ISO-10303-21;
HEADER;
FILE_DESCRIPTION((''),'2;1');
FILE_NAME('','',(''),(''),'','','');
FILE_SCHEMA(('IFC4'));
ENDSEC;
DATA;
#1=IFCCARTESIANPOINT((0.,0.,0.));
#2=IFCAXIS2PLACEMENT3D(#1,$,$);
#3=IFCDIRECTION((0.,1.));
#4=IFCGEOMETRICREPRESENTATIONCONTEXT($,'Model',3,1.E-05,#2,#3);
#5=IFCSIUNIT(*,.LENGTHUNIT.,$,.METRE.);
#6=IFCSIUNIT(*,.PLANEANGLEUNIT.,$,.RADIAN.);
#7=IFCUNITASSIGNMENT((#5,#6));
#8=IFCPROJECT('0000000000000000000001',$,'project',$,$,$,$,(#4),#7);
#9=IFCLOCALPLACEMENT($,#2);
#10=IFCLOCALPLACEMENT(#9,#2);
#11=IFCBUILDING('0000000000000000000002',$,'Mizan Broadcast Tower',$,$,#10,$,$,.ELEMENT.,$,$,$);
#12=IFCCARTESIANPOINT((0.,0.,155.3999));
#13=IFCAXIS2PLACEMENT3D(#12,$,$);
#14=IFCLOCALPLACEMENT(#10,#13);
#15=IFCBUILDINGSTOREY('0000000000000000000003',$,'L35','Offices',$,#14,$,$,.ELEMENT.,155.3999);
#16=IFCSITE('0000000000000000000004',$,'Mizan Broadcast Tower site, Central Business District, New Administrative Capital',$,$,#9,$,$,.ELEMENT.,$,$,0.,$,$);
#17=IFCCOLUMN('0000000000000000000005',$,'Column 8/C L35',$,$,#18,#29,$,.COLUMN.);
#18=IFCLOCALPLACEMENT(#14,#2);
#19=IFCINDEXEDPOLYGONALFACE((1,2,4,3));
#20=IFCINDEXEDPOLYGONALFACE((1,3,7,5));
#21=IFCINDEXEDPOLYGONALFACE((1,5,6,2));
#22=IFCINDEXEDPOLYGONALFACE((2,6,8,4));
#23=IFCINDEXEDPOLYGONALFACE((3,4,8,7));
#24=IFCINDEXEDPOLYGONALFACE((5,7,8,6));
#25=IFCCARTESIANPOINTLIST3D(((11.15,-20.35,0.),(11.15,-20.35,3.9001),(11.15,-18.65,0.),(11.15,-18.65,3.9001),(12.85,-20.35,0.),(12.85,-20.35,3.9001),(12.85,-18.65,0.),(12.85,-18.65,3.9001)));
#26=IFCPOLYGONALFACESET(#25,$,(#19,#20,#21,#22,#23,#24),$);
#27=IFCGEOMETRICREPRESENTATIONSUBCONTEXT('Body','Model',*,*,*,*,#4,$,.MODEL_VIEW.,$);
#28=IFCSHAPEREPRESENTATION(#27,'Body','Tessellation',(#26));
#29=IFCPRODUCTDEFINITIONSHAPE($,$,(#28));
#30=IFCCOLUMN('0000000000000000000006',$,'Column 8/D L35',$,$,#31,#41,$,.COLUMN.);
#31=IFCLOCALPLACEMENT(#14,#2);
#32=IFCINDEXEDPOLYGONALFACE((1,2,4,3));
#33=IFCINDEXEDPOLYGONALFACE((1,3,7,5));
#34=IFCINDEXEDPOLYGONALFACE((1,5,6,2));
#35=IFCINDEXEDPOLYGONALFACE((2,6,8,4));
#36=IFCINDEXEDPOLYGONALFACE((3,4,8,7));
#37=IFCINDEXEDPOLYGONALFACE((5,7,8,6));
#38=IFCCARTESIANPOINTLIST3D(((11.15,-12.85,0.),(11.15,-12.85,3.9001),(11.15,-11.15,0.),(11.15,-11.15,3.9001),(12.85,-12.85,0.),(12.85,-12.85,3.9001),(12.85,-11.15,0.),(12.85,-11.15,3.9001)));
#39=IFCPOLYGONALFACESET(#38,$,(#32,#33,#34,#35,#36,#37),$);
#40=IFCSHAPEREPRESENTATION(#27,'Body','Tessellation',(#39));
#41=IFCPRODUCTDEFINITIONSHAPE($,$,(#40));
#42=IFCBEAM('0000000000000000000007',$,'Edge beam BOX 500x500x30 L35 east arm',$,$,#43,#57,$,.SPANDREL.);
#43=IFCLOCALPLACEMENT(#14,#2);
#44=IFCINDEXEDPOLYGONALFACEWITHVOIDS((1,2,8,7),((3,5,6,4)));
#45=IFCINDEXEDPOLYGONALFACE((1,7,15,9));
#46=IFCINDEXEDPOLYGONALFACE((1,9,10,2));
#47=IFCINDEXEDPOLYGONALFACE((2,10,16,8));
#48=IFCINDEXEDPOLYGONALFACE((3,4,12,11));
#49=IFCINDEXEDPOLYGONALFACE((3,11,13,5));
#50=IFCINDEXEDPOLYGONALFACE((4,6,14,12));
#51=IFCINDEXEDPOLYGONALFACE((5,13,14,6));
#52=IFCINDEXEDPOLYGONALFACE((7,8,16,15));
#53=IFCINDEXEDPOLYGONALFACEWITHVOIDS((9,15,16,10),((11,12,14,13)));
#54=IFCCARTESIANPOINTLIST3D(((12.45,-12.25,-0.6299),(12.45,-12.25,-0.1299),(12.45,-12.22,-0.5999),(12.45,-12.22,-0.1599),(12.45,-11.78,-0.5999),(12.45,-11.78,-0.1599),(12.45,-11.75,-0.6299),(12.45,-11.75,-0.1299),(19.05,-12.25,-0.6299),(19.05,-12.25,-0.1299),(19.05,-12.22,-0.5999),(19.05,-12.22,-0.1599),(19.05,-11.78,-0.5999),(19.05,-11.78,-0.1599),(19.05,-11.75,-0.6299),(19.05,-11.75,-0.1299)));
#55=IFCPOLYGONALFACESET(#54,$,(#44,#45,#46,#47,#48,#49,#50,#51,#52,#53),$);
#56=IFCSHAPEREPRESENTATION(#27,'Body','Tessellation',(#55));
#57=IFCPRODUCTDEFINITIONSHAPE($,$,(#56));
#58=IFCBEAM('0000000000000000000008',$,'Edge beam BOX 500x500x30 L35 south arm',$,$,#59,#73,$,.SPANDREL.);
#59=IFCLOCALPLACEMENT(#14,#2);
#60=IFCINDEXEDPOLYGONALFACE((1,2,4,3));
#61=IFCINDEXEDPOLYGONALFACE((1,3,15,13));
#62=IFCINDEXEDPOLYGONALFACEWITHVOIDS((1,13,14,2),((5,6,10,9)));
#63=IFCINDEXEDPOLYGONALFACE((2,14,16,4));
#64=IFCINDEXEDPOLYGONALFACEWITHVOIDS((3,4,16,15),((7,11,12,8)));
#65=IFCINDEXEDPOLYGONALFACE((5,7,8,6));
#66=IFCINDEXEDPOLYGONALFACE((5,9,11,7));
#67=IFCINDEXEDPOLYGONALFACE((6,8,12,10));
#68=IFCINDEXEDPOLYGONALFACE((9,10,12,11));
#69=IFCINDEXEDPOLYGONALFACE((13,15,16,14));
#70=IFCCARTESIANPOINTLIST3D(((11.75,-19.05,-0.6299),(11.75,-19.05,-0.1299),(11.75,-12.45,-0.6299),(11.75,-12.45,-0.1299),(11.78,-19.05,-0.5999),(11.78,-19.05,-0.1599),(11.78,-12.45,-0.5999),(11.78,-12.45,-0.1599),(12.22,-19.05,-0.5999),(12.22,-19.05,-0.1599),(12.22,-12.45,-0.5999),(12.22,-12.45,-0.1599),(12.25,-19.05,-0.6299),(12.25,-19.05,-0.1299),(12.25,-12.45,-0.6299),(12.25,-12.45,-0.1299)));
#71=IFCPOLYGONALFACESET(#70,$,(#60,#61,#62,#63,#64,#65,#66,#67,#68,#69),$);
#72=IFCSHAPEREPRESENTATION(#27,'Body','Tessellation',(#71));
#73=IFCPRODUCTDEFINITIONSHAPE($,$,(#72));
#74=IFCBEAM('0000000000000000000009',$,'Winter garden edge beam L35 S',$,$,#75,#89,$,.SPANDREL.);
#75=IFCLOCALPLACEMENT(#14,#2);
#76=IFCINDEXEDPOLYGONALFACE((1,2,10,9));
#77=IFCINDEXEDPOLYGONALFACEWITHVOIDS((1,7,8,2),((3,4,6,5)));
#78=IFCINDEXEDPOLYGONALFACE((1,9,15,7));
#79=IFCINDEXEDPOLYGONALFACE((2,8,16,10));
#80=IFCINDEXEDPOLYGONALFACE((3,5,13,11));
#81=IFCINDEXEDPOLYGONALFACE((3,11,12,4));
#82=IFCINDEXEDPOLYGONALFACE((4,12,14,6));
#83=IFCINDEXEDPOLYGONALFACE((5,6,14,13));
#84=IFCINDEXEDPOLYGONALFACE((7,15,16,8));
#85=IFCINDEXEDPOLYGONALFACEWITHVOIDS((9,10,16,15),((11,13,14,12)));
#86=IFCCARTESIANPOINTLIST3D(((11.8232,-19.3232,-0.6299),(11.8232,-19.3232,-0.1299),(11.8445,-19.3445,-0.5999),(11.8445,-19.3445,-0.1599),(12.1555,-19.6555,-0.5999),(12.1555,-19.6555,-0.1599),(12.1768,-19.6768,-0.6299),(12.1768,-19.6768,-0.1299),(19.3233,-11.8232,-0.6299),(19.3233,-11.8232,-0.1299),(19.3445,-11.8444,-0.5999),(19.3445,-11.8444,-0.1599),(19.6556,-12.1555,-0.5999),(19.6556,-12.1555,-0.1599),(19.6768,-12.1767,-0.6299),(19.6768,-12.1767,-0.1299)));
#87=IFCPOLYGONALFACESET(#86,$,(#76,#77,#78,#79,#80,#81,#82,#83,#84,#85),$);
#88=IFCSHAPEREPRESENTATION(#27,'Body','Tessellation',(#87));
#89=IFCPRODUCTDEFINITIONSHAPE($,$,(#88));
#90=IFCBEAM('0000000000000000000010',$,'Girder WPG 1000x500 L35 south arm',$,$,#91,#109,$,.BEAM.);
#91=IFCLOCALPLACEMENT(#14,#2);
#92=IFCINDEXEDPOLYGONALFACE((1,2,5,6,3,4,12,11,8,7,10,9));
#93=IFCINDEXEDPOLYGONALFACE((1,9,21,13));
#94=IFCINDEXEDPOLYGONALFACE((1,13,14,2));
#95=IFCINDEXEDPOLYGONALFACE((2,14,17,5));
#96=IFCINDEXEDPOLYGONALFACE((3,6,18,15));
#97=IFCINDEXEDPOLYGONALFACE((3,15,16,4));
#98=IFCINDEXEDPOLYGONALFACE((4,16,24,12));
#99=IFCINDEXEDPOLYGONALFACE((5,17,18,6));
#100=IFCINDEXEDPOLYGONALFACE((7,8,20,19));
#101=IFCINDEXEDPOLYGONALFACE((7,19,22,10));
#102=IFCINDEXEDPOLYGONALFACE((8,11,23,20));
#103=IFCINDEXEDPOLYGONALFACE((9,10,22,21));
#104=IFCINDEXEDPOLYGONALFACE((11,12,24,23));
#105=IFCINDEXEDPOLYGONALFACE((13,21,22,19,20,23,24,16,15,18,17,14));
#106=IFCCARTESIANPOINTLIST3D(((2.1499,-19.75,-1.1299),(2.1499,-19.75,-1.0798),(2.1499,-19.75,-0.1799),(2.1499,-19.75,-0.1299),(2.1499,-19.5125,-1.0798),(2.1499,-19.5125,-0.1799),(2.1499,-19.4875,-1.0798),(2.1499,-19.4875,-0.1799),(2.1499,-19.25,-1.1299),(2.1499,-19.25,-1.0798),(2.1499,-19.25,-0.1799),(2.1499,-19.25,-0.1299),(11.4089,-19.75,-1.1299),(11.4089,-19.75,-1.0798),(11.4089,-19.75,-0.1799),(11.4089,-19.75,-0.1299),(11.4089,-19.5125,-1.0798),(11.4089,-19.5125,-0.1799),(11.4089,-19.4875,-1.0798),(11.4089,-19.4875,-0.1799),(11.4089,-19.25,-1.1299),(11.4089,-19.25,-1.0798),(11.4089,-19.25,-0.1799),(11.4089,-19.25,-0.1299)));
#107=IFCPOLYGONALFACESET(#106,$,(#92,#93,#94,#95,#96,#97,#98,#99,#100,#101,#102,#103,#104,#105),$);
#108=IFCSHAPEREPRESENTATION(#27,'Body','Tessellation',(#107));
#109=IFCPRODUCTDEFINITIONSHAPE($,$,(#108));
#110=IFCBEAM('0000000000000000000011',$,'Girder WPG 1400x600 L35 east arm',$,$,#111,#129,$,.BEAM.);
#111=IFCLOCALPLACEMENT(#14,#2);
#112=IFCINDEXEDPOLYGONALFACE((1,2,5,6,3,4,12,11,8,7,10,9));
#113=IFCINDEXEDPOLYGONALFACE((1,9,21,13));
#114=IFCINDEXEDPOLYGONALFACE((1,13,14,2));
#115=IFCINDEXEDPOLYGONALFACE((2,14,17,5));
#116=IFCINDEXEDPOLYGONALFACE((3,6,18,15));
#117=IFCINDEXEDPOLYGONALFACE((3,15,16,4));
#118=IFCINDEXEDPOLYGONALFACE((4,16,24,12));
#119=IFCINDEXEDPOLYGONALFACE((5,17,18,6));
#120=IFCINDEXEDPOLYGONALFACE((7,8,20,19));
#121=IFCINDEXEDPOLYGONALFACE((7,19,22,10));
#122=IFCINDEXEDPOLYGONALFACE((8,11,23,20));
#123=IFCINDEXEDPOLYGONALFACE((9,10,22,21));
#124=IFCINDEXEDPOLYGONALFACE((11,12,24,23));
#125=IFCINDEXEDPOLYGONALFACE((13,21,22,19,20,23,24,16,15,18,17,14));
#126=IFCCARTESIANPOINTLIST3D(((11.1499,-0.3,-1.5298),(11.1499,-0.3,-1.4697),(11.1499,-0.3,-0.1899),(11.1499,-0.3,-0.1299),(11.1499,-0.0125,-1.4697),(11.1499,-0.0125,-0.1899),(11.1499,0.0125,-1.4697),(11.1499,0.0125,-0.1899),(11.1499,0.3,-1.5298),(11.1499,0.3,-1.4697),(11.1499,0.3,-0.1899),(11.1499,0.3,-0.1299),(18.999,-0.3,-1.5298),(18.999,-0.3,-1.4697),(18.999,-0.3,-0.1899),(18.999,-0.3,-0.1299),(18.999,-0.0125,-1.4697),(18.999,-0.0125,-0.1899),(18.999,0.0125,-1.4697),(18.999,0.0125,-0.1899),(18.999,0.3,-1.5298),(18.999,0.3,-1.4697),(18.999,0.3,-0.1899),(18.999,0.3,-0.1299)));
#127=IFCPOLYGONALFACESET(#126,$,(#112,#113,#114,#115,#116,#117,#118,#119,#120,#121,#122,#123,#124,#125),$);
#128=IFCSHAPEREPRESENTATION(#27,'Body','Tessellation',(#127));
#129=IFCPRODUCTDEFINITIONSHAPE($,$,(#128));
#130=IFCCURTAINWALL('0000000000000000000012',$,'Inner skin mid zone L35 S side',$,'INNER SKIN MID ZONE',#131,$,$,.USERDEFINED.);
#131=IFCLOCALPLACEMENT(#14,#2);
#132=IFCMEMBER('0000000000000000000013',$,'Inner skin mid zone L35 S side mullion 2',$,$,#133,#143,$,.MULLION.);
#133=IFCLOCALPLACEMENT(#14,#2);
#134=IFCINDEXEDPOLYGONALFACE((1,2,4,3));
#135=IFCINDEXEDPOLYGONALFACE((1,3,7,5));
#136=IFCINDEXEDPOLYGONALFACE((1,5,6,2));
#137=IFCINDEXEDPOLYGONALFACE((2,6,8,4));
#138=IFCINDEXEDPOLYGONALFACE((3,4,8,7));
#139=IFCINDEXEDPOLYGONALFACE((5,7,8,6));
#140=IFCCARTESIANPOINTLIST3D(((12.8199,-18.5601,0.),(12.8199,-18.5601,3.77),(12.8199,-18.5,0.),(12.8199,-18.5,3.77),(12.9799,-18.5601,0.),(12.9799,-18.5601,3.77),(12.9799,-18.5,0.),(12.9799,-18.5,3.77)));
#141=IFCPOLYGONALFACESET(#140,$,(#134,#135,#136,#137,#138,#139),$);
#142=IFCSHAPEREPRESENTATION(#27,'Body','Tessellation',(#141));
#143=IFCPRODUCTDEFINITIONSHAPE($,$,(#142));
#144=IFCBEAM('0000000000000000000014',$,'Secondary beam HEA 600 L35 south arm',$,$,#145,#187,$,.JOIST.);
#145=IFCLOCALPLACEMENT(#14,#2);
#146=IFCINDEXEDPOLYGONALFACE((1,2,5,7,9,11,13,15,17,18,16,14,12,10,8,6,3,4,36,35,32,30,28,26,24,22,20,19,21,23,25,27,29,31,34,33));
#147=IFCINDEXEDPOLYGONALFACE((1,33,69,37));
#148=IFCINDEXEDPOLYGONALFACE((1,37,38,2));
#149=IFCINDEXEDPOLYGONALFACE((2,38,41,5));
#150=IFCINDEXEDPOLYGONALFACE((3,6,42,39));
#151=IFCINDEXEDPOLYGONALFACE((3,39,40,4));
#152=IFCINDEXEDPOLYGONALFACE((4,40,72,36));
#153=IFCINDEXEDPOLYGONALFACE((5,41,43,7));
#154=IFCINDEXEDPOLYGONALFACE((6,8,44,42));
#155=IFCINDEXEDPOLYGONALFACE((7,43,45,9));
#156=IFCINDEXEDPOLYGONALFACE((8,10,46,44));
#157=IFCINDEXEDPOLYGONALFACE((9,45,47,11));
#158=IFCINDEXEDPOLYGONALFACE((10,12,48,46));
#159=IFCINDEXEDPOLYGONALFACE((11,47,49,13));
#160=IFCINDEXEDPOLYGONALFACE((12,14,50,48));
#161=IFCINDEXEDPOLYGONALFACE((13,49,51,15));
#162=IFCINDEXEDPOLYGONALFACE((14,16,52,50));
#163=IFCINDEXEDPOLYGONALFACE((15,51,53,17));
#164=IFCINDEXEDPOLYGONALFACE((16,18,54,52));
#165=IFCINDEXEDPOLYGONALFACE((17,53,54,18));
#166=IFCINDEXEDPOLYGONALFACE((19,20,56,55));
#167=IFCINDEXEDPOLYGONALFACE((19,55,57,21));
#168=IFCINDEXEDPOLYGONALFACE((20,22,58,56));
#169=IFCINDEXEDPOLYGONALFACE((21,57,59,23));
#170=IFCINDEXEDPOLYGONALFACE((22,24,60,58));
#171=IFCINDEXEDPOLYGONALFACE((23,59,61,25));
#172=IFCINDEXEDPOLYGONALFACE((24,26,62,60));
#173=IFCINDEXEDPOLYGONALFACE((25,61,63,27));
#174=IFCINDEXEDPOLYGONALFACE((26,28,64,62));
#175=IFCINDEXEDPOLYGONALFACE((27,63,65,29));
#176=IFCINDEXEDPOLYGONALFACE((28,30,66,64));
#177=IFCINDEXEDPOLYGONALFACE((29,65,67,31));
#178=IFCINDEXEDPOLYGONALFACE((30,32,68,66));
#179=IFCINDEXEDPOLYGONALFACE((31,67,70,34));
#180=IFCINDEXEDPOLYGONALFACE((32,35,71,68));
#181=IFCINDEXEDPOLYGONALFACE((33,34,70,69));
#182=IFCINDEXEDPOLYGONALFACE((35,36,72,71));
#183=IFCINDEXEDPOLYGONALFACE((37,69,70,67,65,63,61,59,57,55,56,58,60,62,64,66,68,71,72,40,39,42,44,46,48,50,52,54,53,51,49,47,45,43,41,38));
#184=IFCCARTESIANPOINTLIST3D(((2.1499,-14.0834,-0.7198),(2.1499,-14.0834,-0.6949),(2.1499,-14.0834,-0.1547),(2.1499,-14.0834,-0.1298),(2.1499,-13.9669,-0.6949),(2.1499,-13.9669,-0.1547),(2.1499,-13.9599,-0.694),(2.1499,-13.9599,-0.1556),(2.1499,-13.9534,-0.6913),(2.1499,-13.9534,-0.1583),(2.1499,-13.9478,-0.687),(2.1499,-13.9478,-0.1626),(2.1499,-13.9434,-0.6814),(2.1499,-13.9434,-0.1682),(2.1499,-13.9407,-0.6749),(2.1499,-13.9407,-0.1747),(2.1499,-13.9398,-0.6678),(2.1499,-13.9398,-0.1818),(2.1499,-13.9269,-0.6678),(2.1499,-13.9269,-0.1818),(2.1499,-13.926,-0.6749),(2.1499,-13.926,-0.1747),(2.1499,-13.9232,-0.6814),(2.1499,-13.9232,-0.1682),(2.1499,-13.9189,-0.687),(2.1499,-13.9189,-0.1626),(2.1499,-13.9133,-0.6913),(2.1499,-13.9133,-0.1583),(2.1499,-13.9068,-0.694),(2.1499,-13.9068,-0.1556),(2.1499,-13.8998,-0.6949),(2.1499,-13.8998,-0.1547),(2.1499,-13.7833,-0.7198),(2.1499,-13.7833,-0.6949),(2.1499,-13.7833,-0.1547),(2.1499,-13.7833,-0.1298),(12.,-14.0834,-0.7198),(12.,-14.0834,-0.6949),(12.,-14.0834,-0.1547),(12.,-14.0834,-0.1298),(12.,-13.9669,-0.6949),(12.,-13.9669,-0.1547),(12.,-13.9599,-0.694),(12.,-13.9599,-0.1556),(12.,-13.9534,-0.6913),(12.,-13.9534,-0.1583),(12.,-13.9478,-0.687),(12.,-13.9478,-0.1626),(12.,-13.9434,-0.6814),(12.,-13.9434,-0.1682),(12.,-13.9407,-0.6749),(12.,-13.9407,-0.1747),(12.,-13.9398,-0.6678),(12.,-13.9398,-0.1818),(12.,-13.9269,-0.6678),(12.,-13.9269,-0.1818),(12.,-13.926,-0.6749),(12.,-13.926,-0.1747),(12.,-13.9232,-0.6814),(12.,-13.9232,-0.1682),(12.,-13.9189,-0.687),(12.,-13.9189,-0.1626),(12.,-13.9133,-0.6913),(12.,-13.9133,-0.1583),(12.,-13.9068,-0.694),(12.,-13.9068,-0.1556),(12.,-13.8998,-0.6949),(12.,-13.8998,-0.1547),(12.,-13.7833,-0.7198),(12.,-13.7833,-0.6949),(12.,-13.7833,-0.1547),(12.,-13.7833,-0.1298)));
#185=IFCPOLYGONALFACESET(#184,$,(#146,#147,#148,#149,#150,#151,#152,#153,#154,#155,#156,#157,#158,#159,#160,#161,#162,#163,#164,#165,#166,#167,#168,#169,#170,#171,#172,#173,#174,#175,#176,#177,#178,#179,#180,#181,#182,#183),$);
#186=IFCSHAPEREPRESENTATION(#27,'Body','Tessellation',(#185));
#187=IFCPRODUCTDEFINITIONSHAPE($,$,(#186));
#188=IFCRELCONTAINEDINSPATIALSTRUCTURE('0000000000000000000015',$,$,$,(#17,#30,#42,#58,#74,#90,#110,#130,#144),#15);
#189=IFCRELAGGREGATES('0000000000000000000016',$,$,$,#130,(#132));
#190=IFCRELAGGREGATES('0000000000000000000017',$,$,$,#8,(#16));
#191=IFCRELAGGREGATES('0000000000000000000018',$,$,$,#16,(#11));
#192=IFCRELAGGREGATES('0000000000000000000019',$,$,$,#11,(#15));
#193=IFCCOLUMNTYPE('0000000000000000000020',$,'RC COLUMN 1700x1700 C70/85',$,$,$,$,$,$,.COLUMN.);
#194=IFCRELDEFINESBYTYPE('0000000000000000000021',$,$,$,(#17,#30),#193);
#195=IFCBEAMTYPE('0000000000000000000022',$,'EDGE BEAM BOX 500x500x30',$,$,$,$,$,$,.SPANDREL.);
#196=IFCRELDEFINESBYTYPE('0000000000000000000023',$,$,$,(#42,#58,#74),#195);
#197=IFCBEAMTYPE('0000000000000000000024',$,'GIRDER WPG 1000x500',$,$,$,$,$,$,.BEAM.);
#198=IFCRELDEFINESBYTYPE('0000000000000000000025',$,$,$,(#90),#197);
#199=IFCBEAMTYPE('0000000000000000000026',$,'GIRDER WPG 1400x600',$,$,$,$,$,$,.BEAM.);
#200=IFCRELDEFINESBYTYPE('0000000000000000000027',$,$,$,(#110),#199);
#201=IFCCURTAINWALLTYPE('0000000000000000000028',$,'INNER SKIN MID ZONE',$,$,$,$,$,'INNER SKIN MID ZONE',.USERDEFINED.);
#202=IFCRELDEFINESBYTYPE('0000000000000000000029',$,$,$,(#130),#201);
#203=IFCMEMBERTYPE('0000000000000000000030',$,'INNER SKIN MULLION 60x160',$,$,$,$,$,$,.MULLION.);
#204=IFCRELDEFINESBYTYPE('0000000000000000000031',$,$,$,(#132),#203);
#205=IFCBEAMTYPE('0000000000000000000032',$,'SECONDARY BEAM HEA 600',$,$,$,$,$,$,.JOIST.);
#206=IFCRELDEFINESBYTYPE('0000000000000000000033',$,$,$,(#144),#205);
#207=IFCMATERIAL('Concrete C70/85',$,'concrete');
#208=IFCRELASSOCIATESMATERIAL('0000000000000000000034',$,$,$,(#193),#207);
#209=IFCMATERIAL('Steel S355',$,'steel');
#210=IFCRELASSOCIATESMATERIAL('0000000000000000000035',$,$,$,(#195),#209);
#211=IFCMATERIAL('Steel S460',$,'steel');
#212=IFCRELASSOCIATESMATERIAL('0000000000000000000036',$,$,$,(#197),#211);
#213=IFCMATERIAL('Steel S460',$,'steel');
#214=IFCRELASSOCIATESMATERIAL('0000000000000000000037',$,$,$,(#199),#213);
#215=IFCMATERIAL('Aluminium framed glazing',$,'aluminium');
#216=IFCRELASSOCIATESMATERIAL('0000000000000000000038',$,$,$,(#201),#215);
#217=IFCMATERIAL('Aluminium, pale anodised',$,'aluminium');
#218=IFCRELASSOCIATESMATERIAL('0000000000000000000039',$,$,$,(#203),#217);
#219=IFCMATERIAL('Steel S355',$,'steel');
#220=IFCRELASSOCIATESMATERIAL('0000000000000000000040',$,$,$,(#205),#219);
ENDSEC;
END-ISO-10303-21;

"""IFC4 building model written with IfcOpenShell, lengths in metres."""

from ifc_helpers import new_model, si_unit, direction, frame, origin, origin_2d, place, context, subcontext, project, spatial, rectangle, hollow_rectangle, i_section, extrude, material, material_profile, profile_set, type_object, element, aggregate, save


model = new_model("IFC4")

# Units and contexts
model_context = context("Model", 3, precision=1e-05, world=origin(), true_north=direction((0.0, 1.0)))
body_context = subcontext(model_context, "Body", "Model", "MODEL_VIEW")
ifc_project = project(units=[si_unit("LENGTHUNIT", "METRE"), si_unit("PLANEANGLEUNIT", "RADIAN")], contexts=[model_context])

# Site, building, storey
site_placement = place(None, origin())
site = spatial("IfcSite", under=ifc_project, at=site_placement, Name="Mizan Broadcast Tower site, Central Business District, New Administrative Capital", CompositionType="ELEMENT", RefElevation=0.0)
building_placement = place(site_placement, origin())
building = spatial("IfcBuilding", under=site, at=building_placement, Name="Mizan Broadcast Tower", CompositionType="ELEMENT")
storey_placement = place(building_placement, frame((0.0, 0.0, 155.3999)))
storey = spatial("IfcBuildingStorey", under=building, at=storey_placement, Name="L35", Description="Offices", CompositionType="ELEMENT", Elevation=155.3999)

# Columns
ifc_material_1 = material(Name="Concrete C70/85", Category="concrete")
ifc_material_profile_1 = material_profile(ifc_material_1, rectangle(XDim=1.7, YDim=1.7, at=origin_2d()), Name="RC 1700x1700")
ifc_profile_set_1 = profile_set([ifc_material_profile_1], Name="Concrete C70/85")
column_type = type_object("IfcColumnType", Name="RC COLUMN 1700x1700 C70/85", PredefinedType="COLUMN", material=ifc_profile_set_1)
for number, where, z_axis, x_axis, name in (
    (1, (12.0, -19.5, 0.0), (0.0, 0.0, 1.0), (1.0, 0.0, 0.0), "Column 8/C L35"),
    (2, (12.0, -12.0, 0.0), (0.0, 0.0, 1.0), (1.0, 0.0, 0.0), "Column 8/D L35"),
):
    element("IfcColumn", number, at=place(storey_placement, frame(where, z_axis=z_axis, x_axis=x_axis)), inside=storey, type_object=column_type, Name=name, PredefinedType="COLUMN", context=body_context, shape_type="SweptSolid", body=[
        extrude(rectangle(XDim=1.7, YDim=1.7, at=origin_2d()), origin(), (0.0, 0.0, 1.0), 3.9001),
    ])

# Beams
ifc_material_2 = material(Name="Steel S355", Category="steel")
ifc_material_profile_2 = material_profile(ifc_material_2, hollow_rectangle(XDim=0.5, YDim=0.5, WallThickness=0.03, at=origin_2d()), Name="BOX 500x500x30")
ifc_profile_set_2 = profile_set([ifc_material_profile_2], Name="Steel S355")
beam_type_1 = type_object("IfcBeamType", Name="EDGE BEAM BOX 500x500x30", PredefinedType="SPANDREL", material=ifc_profile_set_2)
for number, where, z_axis, x_axis, name in (
    (3, (12.45, -12.0, -0.3799), (1.0, 0.0, 0.0), (0.0, 1.0, 0.0), "Edge beam BOX 500x500x30 L35 east arm"),
    (4, (12.0, -12.45, -0.3799), (0.0, -1.0, 0.0), (1.0, 0.0, 0.0), "Edge beam BOX 500x500x30 L35 south arm"),
):
    element("IfcBeam", number, at=place(storey_placement, frame(where, z_axis=z_axis, x_axis=x_axis)), inside=storey, type_object=beam_type_1, Name=name, PredefinedType="SPANDREL", context=body_context, shape_type="SweptSolid", body=[
        extrude(hollow_rectangle(XDim=0.5, YDim=0.5, WallThickness=0.03, at=origin_2d()), origin(), (0.0, 0.0, 1.0), 6.6001),
    ])
beam_1_placement = place(storey_placement, frame((12.0, -19.5, -0.3799), z_axis=(0.707107, 0.707107, 0.0), x_axis=(-0.707107, 0.707107, 0.0)))
element("IfcBeam", 5, at=beam_1_placement, inside=storey, type_object=beam_type_1, Name="Winter garden edge beam L35 S", PredefinedType="SPANDREL", context=body_context, shape_type="SweptSolid", body=[
    extrude(hollow_rectangle(XDim=0.5, YDim=0.5, WallThickness=0.03, at=origin_2d()), origin(), (0.0, 0.0, 1.0), 10.6067),
])
ifc_material_3 = material(Name="Steel S460", Category="steel")
ifc_material_profile_3 = material_profile(ifc_material_3, i_section(OverallWidth=0.5, OverallDepth=1.0, WebThickness=0.0249, FlangeThickness=0.05, at=origin_2d()), Name="WPG 1000x500")
ifc_profile_set_3 = profile_set([ifc_material_profile_3], Name="Steel S460")
beam_type_2 = type_object("IfcBeamType", Name="GIRDER WPG 1000x500", PredefinedType="BEAM", material=ifc_profile_set_3)
beam_2_placement = place(storey_placement, frame((11.4089, -19.5, -0.6299), z_axis=(-1.0, 0.0, 0.0), x_axis=(0.0, -1.0, 0.0)))
element("IfcBeam", 6, at=beam_2_placement, inside=storey, type_object=beam_type_2, Name="Girder WPG 1000x500 L35 south arm", PredefinedType="BEAM", context=body_context, shape_type="SweptSolid", body=[
    extrude(i_section(OverallWidth=0.5, OverallDepth=1.0, WebThickness=0.0249, FlangeThickness=0.05, at=origin_2d()), origin(), (0.0, 0.0, 1.0), 9.259),
])
ifc_material_4 = material(Name="Steel S460", Category="steel")
ifc_material_profile_4 = material_profile(ifc_material_4, i_section(OverallWidth=0.6001, OverallDepth=1.3999, WebThickness=0.0249, FlangeThickness=0.0601, at=origin_2d()), Name="WPG 1400x600")
ifc_profile_set_4 = profile_set([ifc_material_profile_4], Name="Steel S460")
beam_type_3 = type_object("IfcBeamType", Name="GIRDER WPG 1400x600", PredefinedType="BEAM", material=ifc_profile_set_4)
beam_3_placement = place(storey_placement, frame((11.1499, 0.0, -0.8298), z_axis=(1.0, 0.0, 0.0), x_axis=(0.0, 1.0, 0.0)))
element("IfcBeam", 7, at=beam_3_placement, inside=storey, type_object=beam_type_3, Name="Girder WPG 1400x600 L35 east arm", PredefinedType="BEAM", context=body_context, shape_type="SweptSolid", body=[
    extrude(i_section(OverallWidth=0.6001, OverallDepth=1.3999, WebThickness=0.0249, FlangeThickness=0.0601, at=origin_2d()), origin(), (0.0, 0.0, 1.0), 7.8491),
])

# Curtain wall, member
ifc_material_5 = material(Name="Aluminium framed glazing", Category="aluminium")
curtain_wall_type = type_object("IfcCurtainWallType", Name="INNER SKIN MID ZONE", ElementType="INNER SKIN MID ZONE", PredefinedType="USERDEFINED", material=ifc_material_5)
curtain_wall_placement = place(storey_placement, origin())
curtain_wall = element("IfcCurtainWall", 8, at=curtain_wall_placement, inside=storey, type_object=curtain_wall_type, Name="Inner skin mid zone L35 S side", ObjectType="INNER SKIN MID ZONE", PredefinedType="USERDEFINED")
ifc_material_6 = material(Name="Aluminium, pale anodised", Category="aluminium")
ifc_material_profile_5 = material_profile(ifc_material_6, rectangle(XDim=0.1599, YDim=0.0601, at=origin_2d()), Name="MULLION 160x60")
ifc_profile_set_5 = profile_set([ifc_material_profile_5], Name="Aluminium, pale anodised")
member_type = type_object("IfcMemberType", Name="INNER SKIN MULLION 60x160", PredefinedType="MULLION", material=ifc_profile_set_5)
member_placement = place(storey_placement, frame((12.8999, -18.53, 0.0), z_axis=(0.0, 0.0, 1.0), x_axis=(-1.0, 0.0, 0.0)))
member = element("IfcMember", 9, at=member_placement, type_object=member_type, Name="Inner skin mid zone L35 S side mullion 2", PredefinedType="MULLION", context=body_context, shape_type="SweptSolid", body=[
    extrude(rectangle(XDim=0.1599, YDim=0.0601, at=origin_2d()), origin(), (0.0, 0.0, 1.0), 3.77),
])
aggregate(curtain_wall, [member])

# Beam
ifc_material_7 = material(Name="Steel S355", Category="steel")
ifc_material_profile_6 = material_profile(ifc_material_7, i_section(OverallWidth=0.3, OverallDepth=0.5901, WebThickness=0.0129, FlangeThickness=0.0249, FilletRadius=0.0271, at=origin_2d()), Name="HEA 600")
ifc_profile_set_6 = profile_set([ifc_material_profile_6], Name="Steel S355")
beam_type_4 = type_object("IfcBeamType", Name="SECONDARY BEAM HEA 600", PredefinedType="JOIST", material=ifc_profile_set_6)
for number, where, z_axis, x_axis, name in (
    (10, (12.0, -13.9333, -0.4248), (-1.0, 0.0, 0.0), (0.0, -1.0, 0.0), "Secondary beam HEA 600 L35 south arm"),
):
    element("IfcBeam", number, at=place(storey_placement, frame(where, z_axis=z_axis, x_axis=x_axis)), inside=storey, type_object=beam_type_4, Name=name, PredefinedType="JOIST", context=body_context, shape_type="SweptSolid", body=[
        extrude(i_section(OverallWidth=0.3, OverallDepth=0.5901, WebThickness=0.0129, FlangeThickness=0.0249, FilletRadius=0.0271, at=origin_2d()), origin(), (0.0, 0.0, 1.0), 9.8501),
    ])

save(model, "model.ifc")
